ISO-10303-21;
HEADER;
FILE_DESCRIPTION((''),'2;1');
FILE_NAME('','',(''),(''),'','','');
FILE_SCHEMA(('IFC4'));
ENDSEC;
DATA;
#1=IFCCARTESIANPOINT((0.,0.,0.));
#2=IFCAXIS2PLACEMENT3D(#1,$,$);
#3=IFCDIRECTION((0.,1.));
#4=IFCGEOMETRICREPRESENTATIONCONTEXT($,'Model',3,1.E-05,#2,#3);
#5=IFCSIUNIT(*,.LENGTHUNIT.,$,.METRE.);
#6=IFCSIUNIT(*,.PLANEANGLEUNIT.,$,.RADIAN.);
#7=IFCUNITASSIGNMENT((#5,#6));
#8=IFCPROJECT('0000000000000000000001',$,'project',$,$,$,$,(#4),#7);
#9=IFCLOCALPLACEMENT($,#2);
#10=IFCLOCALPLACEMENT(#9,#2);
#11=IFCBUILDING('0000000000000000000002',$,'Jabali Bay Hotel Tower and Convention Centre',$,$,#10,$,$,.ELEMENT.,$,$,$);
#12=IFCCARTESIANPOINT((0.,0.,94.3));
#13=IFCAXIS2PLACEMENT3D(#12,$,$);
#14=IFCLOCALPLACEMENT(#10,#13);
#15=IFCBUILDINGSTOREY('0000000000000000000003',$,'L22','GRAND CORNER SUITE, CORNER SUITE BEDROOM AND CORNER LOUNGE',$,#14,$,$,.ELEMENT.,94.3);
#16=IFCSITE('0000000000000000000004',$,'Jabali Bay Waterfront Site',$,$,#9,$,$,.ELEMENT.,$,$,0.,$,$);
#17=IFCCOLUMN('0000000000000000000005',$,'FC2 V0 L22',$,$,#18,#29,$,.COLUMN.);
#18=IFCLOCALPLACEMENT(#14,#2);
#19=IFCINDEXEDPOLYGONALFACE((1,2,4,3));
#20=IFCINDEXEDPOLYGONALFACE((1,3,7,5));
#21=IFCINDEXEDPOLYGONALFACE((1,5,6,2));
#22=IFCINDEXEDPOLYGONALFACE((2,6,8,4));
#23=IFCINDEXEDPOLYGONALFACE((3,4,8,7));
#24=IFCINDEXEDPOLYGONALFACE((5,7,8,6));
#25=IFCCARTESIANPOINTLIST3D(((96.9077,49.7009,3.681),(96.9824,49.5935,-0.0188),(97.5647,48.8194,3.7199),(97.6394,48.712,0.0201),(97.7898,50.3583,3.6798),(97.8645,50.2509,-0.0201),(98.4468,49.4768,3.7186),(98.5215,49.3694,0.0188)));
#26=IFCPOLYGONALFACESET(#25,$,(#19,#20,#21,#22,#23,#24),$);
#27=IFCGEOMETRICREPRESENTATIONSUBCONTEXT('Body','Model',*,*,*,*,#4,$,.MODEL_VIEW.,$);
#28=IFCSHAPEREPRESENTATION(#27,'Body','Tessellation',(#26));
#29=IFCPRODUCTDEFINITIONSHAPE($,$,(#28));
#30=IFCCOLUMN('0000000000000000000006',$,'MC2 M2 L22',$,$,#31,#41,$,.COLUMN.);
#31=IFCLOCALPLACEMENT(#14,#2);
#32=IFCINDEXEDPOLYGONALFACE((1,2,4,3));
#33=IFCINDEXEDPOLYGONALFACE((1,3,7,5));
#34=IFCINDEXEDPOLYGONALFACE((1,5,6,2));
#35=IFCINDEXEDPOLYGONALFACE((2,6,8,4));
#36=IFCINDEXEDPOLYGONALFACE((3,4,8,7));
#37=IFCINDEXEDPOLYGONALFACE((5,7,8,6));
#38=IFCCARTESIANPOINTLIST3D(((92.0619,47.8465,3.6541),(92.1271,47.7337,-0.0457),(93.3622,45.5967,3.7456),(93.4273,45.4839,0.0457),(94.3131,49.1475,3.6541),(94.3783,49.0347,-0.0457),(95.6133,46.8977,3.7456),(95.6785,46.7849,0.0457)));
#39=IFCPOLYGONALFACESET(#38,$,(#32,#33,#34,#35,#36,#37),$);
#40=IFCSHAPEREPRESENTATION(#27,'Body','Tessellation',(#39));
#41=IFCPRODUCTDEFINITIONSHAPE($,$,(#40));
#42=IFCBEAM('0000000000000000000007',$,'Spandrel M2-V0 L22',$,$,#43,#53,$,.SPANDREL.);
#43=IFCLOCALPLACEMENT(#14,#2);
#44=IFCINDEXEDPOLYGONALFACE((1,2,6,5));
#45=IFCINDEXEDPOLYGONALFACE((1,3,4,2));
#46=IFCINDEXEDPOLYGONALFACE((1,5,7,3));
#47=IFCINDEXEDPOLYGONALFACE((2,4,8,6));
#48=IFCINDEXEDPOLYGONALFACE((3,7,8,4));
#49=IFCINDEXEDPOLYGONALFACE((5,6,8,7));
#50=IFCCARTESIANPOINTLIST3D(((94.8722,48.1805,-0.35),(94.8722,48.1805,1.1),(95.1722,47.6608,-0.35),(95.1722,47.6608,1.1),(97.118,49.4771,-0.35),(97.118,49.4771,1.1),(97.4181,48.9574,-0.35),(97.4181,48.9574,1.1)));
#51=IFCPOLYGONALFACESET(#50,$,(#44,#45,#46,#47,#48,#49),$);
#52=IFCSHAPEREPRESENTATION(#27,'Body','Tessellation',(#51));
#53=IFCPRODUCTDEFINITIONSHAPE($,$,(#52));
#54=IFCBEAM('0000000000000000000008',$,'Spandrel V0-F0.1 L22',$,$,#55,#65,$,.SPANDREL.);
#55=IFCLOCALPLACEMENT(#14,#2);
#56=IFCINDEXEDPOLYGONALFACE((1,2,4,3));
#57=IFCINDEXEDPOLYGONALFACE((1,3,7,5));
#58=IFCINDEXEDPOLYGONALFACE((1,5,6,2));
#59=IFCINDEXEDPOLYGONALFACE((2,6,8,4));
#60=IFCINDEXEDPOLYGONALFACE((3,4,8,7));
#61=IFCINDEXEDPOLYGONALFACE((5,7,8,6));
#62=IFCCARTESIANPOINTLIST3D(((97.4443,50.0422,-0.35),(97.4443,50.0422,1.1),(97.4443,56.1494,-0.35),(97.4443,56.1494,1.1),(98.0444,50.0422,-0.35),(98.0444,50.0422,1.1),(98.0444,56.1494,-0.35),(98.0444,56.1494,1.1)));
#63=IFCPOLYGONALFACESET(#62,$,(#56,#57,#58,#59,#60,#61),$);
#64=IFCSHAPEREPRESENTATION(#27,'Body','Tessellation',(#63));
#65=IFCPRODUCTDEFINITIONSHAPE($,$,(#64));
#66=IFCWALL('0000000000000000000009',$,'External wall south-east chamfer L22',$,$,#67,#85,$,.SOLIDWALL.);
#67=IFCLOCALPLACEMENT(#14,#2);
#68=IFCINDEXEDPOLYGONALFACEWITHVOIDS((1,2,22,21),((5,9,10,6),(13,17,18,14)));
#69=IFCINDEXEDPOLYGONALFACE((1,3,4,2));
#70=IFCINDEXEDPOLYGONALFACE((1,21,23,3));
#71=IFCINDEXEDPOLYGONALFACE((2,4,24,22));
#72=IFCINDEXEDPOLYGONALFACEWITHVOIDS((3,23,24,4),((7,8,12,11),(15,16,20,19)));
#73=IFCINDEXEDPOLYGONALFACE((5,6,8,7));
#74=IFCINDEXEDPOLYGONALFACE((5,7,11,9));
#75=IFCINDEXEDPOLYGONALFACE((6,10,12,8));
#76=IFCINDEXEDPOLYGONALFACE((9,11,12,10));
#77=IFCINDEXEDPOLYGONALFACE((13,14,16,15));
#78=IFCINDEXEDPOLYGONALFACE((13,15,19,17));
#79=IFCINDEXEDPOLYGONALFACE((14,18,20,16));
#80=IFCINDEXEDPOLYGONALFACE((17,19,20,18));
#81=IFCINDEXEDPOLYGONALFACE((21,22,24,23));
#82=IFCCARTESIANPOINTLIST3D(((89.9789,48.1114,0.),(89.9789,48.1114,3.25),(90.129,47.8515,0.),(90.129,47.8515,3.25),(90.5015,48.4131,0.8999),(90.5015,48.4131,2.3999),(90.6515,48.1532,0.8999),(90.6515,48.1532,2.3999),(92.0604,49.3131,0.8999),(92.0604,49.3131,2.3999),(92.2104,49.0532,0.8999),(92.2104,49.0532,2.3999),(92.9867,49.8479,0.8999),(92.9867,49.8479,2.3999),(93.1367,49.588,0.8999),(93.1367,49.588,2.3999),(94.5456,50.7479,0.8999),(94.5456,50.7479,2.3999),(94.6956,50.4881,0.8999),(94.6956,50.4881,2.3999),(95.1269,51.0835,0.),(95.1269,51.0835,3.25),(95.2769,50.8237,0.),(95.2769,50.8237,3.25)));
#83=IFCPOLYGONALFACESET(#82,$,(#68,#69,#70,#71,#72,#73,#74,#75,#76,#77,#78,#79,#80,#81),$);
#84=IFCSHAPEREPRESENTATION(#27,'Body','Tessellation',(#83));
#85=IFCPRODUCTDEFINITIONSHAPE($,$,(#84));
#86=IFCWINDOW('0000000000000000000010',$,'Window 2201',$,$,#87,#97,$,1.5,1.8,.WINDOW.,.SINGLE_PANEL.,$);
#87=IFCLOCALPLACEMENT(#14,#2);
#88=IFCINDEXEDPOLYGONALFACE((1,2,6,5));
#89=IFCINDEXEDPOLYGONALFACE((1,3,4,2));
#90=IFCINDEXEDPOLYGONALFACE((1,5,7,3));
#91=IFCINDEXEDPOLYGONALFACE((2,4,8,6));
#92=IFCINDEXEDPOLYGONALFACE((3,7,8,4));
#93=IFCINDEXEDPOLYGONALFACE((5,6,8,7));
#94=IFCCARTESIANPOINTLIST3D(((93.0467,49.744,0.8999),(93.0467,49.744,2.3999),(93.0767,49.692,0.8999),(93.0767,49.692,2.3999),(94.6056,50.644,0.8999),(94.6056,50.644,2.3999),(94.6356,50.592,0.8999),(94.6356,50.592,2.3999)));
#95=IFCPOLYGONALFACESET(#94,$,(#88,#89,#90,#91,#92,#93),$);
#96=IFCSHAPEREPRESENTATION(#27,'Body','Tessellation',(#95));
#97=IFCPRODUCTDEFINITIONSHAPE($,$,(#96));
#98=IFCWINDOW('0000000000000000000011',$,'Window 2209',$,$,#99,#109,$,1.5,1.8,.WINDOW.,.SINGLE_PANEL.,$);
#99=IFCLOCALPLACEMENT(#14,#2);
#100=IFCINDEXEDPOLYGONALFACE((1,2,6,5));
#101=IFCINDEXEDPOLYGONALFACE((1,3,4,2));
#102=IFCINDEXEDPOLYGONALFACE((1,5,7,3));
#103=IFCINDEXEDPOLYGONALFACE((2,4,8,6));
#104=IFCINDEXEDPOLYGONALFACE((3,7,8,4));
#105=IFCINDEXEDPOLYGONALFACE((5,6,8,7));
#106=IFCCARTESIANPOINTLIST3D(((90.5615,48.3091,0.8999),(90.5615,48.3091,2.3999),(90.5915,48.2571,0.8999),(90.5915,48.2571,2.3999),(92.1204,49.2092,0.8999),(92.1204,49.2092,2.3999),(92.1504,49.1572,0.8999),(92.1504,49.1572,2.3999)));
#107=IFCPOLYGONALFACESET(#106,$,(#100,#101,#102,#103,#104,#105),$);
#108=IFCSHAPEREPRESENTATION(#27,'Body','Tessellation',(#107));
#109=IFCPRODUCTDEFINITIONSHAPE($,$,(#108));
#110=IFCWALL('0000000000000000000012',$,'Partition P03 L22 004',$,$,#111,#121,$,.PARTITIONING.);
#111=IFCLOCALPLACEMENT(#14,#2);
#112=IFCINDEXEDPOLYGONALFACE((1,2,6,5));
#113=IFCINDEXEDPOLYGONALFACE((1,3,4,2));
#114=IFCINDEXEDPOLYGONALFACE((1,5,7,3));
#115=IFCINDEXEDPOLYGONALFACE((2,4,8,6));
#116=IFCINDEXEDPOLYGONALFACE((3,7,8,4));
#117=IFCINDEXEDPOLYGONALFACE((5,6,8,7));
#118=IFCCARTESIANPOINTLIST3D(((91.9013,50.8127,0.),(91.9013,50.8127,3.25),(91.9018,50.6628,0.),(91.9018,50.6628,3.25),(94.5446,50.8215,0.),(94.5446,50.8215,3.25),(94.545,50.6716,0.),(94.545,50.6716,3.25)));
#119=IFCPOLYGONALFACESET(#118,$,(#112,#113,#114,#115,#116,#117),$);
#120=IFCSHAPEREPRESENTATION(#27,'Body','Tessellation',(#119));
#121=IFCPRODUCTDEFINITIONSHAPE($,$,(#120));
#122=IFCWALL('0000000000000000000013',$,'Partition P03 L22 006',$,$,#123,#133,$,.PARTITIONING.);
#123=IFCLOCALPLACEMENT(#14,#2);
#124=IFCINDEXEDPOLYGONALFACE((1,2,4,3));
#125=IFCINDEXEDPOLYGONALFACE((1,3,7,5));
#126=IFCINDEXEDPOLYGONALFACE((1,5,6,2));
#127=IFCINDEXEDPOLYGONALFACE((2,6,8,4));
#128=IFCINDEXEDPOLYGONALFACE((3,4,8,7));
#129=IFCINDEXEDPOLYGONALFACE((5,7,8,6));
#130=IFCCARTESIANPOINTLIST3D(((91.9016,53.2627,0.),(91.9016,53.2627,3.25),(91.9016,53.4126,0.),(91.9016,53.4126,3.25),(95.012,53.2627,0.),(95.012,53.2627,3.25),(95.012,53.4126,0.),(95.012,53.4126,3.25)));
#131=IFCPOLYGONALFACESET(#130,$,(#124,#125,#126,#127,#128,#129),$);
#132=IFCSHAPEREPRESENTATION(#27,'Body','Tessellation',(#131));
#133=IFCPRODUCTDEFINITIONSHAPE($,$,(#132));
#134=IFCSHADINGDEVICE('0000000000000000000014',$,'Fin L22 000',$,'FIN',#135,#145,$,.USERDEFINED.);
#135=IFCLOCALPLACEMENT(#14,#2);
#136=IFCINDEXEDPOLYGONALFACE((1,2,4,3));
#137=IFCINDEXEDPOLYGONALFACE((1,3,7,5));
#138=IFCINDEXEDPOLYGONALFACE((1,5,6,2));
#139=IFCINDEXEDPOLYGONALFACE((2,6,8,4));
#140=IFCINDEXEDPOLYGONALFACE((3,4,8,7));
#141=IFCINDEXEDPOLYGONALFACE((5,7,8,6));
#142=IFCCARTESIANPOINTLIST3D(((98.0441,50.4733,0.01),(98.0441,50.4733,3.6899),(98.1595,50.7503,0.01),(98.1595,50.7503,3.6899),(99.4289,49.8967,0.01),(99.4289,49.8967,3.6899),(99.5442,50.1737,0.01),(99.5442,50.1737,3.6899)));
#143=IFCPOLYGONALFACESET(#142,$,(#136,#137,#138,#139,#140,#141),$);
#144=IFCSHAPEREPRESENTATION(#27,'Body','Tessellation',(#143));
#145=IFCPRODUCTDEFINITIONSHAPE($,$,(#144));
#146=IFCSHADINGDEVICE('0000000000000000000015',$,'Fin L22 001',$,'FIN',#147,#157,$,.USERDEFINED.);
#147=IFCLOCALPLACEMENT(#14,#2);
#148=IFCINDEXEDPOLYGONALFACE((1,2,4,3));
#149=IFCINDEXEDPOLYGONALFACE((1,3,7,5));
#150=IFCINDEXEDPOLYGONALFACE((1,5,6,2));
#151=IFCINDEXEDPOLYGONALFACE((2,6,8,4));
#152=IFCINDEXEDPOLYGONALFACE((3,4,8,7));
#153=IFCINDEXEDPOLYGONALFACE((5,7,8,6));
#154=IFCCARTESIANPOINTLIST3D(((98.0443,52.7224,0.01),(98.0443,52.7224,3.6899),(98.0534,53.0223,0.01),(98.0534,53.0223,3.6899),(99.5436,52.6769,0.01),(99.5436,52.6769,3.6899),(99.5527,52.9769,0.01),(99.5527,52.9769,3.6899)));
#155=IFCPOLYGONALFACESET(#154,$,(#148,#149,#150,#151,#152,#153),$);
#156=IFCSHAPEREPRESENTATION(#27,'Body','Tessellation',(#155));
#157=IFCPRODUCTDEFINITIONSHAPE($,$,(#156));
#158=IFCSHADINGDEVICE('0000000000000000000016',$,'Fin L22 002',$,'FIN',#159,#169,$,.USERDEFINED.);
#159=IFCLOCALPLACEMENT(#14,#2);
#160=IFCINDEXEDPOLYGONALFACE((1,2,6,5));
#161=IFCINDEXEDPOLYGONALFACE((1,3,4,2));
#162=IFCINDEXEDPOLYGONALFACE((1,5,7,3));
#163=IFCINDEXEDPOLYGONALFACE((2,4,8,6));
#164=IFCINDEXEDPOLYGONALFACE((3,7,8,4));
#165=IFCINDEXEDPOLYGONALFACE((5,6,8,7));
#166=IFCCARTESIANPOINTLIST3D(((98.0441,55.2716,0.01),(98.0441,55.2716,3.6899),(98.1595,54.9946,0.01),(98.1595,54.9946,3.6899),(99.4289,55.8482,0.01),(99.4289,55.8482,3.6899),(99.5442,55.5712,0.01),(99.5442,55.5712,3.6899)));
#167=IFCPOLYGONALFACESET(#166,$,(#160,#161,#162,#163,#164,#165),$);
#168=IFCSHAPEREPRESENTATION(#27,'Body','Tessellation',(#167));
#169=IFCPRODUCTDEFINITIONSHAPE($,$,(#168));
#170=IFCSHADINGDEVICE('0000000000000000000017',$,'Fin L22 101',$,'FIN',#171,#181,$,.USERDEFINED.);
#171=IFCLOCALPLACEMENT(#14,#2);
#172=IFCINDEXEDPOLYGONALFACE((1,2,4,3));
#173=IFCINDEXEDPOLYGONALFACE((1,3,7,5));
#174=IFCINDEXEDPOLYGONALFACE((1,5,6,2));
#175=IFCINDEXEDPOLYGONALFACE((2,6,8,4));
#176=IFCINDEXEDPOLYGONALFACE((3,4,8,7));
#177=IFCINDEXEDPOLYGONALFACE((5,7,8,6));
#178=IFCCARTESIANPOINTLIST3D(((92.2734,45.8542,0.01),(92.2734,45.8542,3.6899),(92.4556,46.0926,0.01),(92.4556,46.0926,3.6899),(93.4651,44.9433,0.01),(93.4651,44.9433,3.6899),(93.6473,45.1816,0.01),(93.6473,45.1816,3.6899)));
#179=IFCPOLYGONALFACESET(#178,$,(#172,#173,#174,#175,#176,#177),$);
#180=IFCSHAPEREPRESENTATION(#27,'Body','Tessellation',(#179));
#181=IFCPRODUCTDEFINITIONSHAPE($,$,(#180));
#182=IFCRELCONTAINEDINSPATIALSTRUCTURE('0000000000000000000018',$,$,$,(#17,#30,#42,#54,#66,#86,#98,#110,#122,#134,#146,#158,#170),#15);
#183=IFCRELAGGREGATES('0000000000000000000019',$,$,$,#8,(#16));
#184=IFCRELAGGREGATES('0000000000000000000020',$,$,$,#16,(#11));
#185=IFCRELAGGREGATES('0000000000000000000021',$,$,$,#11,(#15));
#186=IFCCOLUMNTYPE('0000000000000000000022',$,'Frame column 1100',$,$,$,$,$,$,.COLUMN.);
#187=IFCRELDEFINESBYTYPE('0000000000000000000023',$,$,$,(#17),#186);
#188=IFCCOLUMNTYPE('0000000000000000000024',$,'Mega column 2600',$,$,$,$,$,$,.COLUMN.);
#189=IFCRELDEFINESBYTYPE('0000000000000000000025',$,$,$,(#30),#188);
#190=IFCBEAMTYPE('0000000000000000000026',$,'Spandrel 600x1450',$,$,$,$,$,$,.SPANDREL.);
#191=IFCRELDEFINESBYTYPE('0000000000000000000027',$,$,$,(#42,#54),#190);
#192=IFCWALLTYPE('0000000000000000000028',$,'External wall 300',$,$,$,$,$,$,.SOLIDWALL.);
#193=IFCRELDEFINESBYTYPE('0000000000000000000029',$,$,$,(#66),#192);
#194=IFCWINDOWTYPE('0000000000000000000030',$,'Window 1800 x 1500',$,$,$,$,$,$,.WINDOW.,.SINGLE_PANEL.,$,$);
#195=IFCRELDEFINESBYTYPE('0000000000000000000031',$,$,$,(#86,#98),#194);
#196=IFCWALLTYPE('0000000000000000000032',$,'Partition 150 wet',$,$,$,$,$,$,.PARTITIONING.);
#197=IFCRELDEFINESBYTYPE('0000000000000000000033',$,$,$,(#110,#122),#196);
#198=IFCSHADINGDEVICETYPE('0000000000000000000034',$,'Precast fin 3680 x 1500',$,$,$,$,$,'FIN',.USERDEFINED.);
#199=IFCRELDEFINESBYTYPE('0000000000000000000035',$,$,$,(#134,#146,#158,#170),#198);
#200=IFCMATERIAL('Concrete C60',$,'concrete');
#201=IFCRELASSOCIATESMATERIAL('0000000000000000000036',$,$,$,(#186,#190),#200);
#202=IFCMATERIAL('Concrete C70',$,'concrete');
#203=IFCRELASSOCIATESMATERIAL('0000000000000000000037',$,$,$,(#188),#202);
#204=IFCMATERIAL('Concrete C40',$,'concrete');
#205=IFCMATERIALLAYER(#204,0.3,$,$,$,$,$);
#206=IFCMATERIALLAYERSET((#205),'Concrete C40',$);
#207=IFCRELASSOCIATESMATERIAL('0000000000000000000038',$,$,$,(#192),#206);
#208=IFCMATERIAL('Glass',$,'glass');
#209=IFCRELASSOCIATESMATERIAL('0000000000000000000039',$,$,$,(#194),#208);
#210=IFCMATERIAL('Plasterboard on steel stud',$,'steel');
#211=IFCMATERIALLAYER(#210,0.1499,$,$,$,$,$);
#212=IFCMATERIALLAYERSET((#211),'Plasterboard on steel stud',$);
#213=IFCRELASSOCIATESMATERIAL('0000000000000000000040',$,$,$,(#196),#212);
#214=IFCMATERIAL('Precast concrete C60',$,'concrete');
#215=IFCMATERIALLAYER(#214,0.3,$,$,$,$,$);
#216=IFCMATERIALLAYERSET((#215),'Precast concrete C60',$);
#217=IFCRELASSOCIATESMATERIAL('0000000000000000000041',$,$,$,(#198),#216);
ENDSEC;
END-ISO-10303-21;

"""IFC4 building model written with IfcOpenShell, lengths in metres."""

from ifc_helpers import new_model, si_unit, direction, frame, frame_2d, origin, origin_2d, place, context, subcontext, project, spatial, rectangle, extrude, material, layer, layer_set, material_profile, profile_set, type_object, element, fill, save


model = new_model("IFC4")

# Units and contexts
model_context = context("Model", 3, precision=1e-05, world=origin(), true_north=direction((0.0, 1.0)))
body_context = subcontext(model_context, "Body", "Model", "MODEL_VIEW")
ifc_project = project(units=[si_unit("LENGTHUNIT", "METRE"), si_unit("PLANEANGLEUNIT", "RADIAN")], contexts=[model_context])

# Site, building, storey
site_placement = place(None, origin())
site = spatial("IfcSite", under=ifc_project, at=site_placement, Name="Jabali Bay Waterfront Site", CompositionType="ELEMENT", RefElevation=0.0)
building_placement = place(site_placement, origin())
building = spatial("IfcBuilding", under=site, at=building_placement, Name="Jabali Bay Hotel Tower and Convention Centre", CompositionType="ELEMENT")
storey_placement = place(building_placement, frame((0.0, 0.0, 94.3)))
storey = spatial("IfcBuildingStorey", under=building, at=storey_placement, Name="L22", Description="GRAND CORNER SUITE, CORNER SUITE BEDROOM AND CORNER LOUNGE", CompositionType="ELEMENT", Elevation=94.3)

# Columns
ifc_material_1 = material(Name="Concrete C60", Category="concrete")
ifc_material_profile_1 = material_profile(ifc_material_1, rectangle(XDim=1.1001, YDim=1.1001, at=origin_2d()), Name="Frame column 1100")
ifc_profile_set_1 = profile_set([ifc_material_profile_1], Name="Concrete C60")
column_type_1 = type_object("IfcColumnType", Name="Frame column 1100", PredefinedType="COLUMN", material=ifc_profile_set_1)
column_1_placement = place(storey_placement, frame((97.752, 49.4814, 0.0), z_axis=(-0.020179, 0.029015, 0.999375), x_axis=(-0.801831, -0.597549, 0.001159)))
element("IfcColumn", 1, at=column_1_placement, inside=storey, type_object=column_type_1, Name="FC2 V0 L22", PredefinedType="COLUMN", context=body_context, shape_type="SweptSolid", body=[
    extrude(rectangle(XDim=1.1001, YDim=1.1001, at=origin_2d()), origin(), (0.0, 0.0, 1.0), 3.7021),
])
ifc_material_2 = material(Name="Concrete C70", Category="concrete")
ifc_material_profile_2 = material_profile(ifc_material_2, rectangle(XDim=2.6001, YDim=2.6001, at=origin_2d()), Name="Mega column 2600")
ifc_profile_set_2 = profile_set([ifc_material_profile_2], Name="Concrete C70")
column_type_2 = type_object("IfcColumnType", Name="Mega column 2600", PredefinedType="COLUMN", material=ifc_profile_set_2)
column_2_placement = place(storey_placement, frame((93.9028, 47.2593, 0.0), z_axis=(-0.017607, 0.030466, 0.999381), x_axis=(0.500061, -0.865275, 0.035188)))
element("IfcColumn", 2, at=column_2_placement, inside=storey, type_object=column_type_2, Name="MC2 M2 L22", PredefinedType="COLUMN", context=body_context, shape_type="SweptSolid", body=[
    extrude(rectangle(XDim=2.6001, YDim=2.6001, at=origin_2d()), origin(), (0.0, 0.0, 1.0), 3.7021),
])

# Beams
ifc_material_profile_3 = material_profile(ifc_material_1, rectangle(XDim=0.6001, YDim=1.45, at=origin_2d()), Name="Spandrel 600x1450")
ifc_profile_set_3 = profile_set([ifc_material_profile_3], Name="Concrete C60")
beam_type = type_object("IfcBeamType", Name="Spandrel 600x1450", PredefinedType="SPANDREL", material=ifc_profile_set_3)
beam_1_placement = place(storey_placement, frame((95.0222, 47.9207, 0.375), z_axis=(0.866027, 0.499997, 0.0), x_axis=(-0.499997, 0.866027, 0.0)))
element("IfcBeam", 3, at=beam_1_placement, inside=storey, type_object=beam_type, Name="Spandrel M2-V0 L22", PredefinedType="SPANDREL", context=body_context, shape_type="SweptSolid", body=[
    extrude(rectangle(XDim=0.6001, YDim=1.45, at=origin_2d()), origin(), (0.0, 0.0, 1.0), 2.5933),
])
beam_2_placement = place(storey_placement, frame((97.7444, 50.0422, 0.375), z_axis=(0.0, 1.0, 0.0), x_axis=(-1.0, 0.0, 0.0)))
element("IfcBeam", 4, at=beam_2_placement, inside=storey, type_object=beam_type, Name="Spandrel V0-F0.1 L22", PredefinedType="SPANDREL", context=body_context, shape_type="SweptSolid", body=[
    extrude(rectangle(XDim=0.6001, YDim=1.45, at=origin_2d()), origin(), (0.0, 0.0, 1.0), 6.1072),
])

# Wall, openings, windows
ifc_material_3 = material(Name="Concrete C40", Category="concrete")
ifc_layer_1 = layer(ifc_material_3, 0.3)
ifc_layer_set_1 = layer_set([ifc_layer_1], Name="Concrete C40")
wall_type_1 = type_object("IfcWallType", Name="External wall 300", PredefinedType="SOLIDWALL", material=ifc_layer_set_1)
wall_1_placement = place(storey_placement, frame((95.2019, 50.9536, 0.0), z_axis=(0.0, 0.0, 1.0), x_axis=(-0.866026, -0.5, 0.0)))
wall_1 = element("IfcWall", 5, at=wall_1_placement, inside=storey, type_object=wall_type_1, Name="External wall south-east chamfer L22", PredefinedType="SOLIDWALL", context=body_context, shape_type="SweptSolid", body=[
    extrude(rectangle(XDim=5.9443, YDim=0.3, at=frame_2d((2.9722, 0.0))), origin(), (0.0, 0.0, 1.0), 3.25),
])
opening_1_placement = place(wall_1_placement, frame((0.6714, 0.0, 0.8999)))
opening_1 = element("IfcOpeningElement", 6, at=opening_1_placement, cuts=wall_1, PredefinedType="OPENING", context=body_context, shape_type="SweptSolid", body=[
    extrude(rectangle(XDim=1.8, YDim=1.5, at=frame_2d((0.8999, 0.75))), frame((0.0, 0.1606, 0.0), z_axis=(0.0, -1.0, 0.0), x_axis=(1.0, 0.0, 0.0)), (0.0, 0.0, 1.0), 0.321),
])
opening_2_placement = place(wall_1_placement, frame((3.541, 0.0, 0.8999)))
opening_2 = element("IfcOpeningElement", 7, at=opening_2_placement, cuts=wall_1, PredefinedType="OPENING", context=body_context, shape_type="SweptSolid", body=[
    extrude(rectangle(XDim=1.8, YDim=1.5, at=frame_2d((0.8999, 0.75))), frame((0.0, 0.1606, 0.0), z_axis=(0.0, -1.0, 0.0), x_axis=(1.0, 0.0, 0.0)), (0.0, 0.0, 1.0), 0.321),
])
ifc_material_4 = material(Name="Glass", Category="glass")
window_type = type_object("IfcWindowType", Name="Window 1800 x 1500", PartitioningType="SINGLE_PANEL", PredefinedType="WINDOW", material=ifc_material_4)
window_1_placement = place(opening_1_placement, origin())
window_1 = element("IfcWindow", 8, at=window_1_placement, inside=storey, type_object=window_type, Name="Window 2201", OverallHeight=1.5, OverallWidth=1.8, PartitioningType="SINGLE_PANEL", PredefinedType="WINDOW", context=body_context, shape_type="SweptSolid", body=[
    extrude(rectangle(XDim=1.8, YDim=1.5, at=frame_2d((0.8999, 0.75))), frame((0.0, 0.03, 0.0), z_axis=(0.0, -1.0, 0.0), x_axis=(1.0, 0.0, 0.0)), (0.0, 0.0, 1.0), 0.0601),
])
fill(opening_1, window_1)
window_2_placement = place(opening_2_placement, origin())
window_2 = element("IfcWindow", 9, at=window_2_placement, inside=storey, type_object=window_type, Name="Window 2209", OverallHeight=1.5, OverallWidth=1.8, PartitioningType="SINGLE_PANEL", PredefinedType="WINDOW", context=body_context, shape_type="SweptSolid", body=[
    extrude(rectangle(XDim=1.8, YDim=1.5, at=frame_2d((0.8999, 0.75))), frame((0.0, 0.03, 0.0), z_axis=(0.0, -1.0, 0.0), x_axis=(1.0, 0.0, 0.0)), (0.0, 0.0, 1.0), 0.0601),
])
fill(opening_2, window_2)

# Walls
ifc_material_5 = material(Name="Plasterboard on steel stud", Category="steel")
ifc_layer_2 = layer(ifc_material_5, 0.1499)
ifc_layer_set_2 = layer_set([ifc_layer_2], Name="Plasterboard on steel stud")
wall_type_2 = type_object("IfcWallType", Name="Partition 150 wet", PredefinedType="PARTITIONING", material=ifc_layer_set_2)
wall_2_placement = place(storey_placement, frame((94.5449, 50.7466, 0.0), z_axis=(0.0, 0.0, 1.0), x_axis=(-0.999994, -0.003325, 0.0)))
element("IfcWall", 10, at=wall_2_placement, inside=storey, type_object=wall_type_2, Name="Partition P03 L22 004", PredefinedType="PARTITIONING", context=body_context, shape_type="SweptSolid", body=[
    extrude(rectangle(XDim=2.6433, YDim=0.1499, at=frame_2d((1.3218, 0.0))), origin(), (0.0, 0.0, 1.0), 3.25),
])
wall_3_placement = place(storey_placement, frame((91.9016, 53.3376, 0.0), z_axis=(0.0, 0.0, 1.0), x_axis=(1.0, 0.0, 0.0)))
element("IfcWall", 11, at=wall_3_placement, inside=storey, type_object=wall_type_2, Name="Partition P03 L22 006", PredefinedType="PARTITIONING", context=body_context, shape_type="SweptSolid", body=[
    extrude(rectangle(XDim=3.1104, YDim=0.1499, at=frame_2d((1.5552, 0.0))), origin(), (0.0, 0.0, 1.0), 3.25),
])

# Shading devices
ifc_material_6 = material(Name="Precast concrete C60", Category="concrete")
ifc_layer_3 = layer(ifc_material_6, 0.3)
ifc_layer_set_3 = layer_set([ifc_layer_3], Name="Precast concrete C60")
shading_device_type = type_object("IfcShadingDeviceType", Name="Precast fin 3680 x 1500", ElementType="FIN", PredefinedType="USERDEFINED", material=ifc_layer_set_3)
for number, where, z_axis, x_axis, name in (
    (12, (98.1018, 50.6118, 0.01), (0.0, 0.0, 1.0), (0.923154, -0.38443, 0.0), "Fin L22 000"),
    (13, (98.0488, 52.8723, 0.01), (0.0, 0.0, 1.0), (0.999542, -0.030274, 0.0), "Fin L22 001"),
    (14, (98.1018, 55.1331, 0.01), (0.0, 0.0, 1.0), (0.923154, 0.38443, 0.0), "Fin L22 002"),
    (15, (92.3645, 45.9734, 0.01), (0.0, 0.0, 1.0), (0.794478, -0.607293, 0.0), "Fin L22 101"),
):
    element("IfcShadingDevice", number, at=place(storey_placement, frame(where, z_axis=z_axis, x_axis=x_axis)), inside=storey, type_object=shading_device_type, Name=name, ObjectType="FIN", PredefinedType="USERDEFINED", context=body_context, shape_type="SweptSolid", body=[
        extrude(rectangle(XDim=1.5, YDim=0.3, at=frame_2d((0.75, 0.0))), origin(), (0.0, 0.0, 1.0), 3.6799),
    ])

save(model, "model.ifc")
